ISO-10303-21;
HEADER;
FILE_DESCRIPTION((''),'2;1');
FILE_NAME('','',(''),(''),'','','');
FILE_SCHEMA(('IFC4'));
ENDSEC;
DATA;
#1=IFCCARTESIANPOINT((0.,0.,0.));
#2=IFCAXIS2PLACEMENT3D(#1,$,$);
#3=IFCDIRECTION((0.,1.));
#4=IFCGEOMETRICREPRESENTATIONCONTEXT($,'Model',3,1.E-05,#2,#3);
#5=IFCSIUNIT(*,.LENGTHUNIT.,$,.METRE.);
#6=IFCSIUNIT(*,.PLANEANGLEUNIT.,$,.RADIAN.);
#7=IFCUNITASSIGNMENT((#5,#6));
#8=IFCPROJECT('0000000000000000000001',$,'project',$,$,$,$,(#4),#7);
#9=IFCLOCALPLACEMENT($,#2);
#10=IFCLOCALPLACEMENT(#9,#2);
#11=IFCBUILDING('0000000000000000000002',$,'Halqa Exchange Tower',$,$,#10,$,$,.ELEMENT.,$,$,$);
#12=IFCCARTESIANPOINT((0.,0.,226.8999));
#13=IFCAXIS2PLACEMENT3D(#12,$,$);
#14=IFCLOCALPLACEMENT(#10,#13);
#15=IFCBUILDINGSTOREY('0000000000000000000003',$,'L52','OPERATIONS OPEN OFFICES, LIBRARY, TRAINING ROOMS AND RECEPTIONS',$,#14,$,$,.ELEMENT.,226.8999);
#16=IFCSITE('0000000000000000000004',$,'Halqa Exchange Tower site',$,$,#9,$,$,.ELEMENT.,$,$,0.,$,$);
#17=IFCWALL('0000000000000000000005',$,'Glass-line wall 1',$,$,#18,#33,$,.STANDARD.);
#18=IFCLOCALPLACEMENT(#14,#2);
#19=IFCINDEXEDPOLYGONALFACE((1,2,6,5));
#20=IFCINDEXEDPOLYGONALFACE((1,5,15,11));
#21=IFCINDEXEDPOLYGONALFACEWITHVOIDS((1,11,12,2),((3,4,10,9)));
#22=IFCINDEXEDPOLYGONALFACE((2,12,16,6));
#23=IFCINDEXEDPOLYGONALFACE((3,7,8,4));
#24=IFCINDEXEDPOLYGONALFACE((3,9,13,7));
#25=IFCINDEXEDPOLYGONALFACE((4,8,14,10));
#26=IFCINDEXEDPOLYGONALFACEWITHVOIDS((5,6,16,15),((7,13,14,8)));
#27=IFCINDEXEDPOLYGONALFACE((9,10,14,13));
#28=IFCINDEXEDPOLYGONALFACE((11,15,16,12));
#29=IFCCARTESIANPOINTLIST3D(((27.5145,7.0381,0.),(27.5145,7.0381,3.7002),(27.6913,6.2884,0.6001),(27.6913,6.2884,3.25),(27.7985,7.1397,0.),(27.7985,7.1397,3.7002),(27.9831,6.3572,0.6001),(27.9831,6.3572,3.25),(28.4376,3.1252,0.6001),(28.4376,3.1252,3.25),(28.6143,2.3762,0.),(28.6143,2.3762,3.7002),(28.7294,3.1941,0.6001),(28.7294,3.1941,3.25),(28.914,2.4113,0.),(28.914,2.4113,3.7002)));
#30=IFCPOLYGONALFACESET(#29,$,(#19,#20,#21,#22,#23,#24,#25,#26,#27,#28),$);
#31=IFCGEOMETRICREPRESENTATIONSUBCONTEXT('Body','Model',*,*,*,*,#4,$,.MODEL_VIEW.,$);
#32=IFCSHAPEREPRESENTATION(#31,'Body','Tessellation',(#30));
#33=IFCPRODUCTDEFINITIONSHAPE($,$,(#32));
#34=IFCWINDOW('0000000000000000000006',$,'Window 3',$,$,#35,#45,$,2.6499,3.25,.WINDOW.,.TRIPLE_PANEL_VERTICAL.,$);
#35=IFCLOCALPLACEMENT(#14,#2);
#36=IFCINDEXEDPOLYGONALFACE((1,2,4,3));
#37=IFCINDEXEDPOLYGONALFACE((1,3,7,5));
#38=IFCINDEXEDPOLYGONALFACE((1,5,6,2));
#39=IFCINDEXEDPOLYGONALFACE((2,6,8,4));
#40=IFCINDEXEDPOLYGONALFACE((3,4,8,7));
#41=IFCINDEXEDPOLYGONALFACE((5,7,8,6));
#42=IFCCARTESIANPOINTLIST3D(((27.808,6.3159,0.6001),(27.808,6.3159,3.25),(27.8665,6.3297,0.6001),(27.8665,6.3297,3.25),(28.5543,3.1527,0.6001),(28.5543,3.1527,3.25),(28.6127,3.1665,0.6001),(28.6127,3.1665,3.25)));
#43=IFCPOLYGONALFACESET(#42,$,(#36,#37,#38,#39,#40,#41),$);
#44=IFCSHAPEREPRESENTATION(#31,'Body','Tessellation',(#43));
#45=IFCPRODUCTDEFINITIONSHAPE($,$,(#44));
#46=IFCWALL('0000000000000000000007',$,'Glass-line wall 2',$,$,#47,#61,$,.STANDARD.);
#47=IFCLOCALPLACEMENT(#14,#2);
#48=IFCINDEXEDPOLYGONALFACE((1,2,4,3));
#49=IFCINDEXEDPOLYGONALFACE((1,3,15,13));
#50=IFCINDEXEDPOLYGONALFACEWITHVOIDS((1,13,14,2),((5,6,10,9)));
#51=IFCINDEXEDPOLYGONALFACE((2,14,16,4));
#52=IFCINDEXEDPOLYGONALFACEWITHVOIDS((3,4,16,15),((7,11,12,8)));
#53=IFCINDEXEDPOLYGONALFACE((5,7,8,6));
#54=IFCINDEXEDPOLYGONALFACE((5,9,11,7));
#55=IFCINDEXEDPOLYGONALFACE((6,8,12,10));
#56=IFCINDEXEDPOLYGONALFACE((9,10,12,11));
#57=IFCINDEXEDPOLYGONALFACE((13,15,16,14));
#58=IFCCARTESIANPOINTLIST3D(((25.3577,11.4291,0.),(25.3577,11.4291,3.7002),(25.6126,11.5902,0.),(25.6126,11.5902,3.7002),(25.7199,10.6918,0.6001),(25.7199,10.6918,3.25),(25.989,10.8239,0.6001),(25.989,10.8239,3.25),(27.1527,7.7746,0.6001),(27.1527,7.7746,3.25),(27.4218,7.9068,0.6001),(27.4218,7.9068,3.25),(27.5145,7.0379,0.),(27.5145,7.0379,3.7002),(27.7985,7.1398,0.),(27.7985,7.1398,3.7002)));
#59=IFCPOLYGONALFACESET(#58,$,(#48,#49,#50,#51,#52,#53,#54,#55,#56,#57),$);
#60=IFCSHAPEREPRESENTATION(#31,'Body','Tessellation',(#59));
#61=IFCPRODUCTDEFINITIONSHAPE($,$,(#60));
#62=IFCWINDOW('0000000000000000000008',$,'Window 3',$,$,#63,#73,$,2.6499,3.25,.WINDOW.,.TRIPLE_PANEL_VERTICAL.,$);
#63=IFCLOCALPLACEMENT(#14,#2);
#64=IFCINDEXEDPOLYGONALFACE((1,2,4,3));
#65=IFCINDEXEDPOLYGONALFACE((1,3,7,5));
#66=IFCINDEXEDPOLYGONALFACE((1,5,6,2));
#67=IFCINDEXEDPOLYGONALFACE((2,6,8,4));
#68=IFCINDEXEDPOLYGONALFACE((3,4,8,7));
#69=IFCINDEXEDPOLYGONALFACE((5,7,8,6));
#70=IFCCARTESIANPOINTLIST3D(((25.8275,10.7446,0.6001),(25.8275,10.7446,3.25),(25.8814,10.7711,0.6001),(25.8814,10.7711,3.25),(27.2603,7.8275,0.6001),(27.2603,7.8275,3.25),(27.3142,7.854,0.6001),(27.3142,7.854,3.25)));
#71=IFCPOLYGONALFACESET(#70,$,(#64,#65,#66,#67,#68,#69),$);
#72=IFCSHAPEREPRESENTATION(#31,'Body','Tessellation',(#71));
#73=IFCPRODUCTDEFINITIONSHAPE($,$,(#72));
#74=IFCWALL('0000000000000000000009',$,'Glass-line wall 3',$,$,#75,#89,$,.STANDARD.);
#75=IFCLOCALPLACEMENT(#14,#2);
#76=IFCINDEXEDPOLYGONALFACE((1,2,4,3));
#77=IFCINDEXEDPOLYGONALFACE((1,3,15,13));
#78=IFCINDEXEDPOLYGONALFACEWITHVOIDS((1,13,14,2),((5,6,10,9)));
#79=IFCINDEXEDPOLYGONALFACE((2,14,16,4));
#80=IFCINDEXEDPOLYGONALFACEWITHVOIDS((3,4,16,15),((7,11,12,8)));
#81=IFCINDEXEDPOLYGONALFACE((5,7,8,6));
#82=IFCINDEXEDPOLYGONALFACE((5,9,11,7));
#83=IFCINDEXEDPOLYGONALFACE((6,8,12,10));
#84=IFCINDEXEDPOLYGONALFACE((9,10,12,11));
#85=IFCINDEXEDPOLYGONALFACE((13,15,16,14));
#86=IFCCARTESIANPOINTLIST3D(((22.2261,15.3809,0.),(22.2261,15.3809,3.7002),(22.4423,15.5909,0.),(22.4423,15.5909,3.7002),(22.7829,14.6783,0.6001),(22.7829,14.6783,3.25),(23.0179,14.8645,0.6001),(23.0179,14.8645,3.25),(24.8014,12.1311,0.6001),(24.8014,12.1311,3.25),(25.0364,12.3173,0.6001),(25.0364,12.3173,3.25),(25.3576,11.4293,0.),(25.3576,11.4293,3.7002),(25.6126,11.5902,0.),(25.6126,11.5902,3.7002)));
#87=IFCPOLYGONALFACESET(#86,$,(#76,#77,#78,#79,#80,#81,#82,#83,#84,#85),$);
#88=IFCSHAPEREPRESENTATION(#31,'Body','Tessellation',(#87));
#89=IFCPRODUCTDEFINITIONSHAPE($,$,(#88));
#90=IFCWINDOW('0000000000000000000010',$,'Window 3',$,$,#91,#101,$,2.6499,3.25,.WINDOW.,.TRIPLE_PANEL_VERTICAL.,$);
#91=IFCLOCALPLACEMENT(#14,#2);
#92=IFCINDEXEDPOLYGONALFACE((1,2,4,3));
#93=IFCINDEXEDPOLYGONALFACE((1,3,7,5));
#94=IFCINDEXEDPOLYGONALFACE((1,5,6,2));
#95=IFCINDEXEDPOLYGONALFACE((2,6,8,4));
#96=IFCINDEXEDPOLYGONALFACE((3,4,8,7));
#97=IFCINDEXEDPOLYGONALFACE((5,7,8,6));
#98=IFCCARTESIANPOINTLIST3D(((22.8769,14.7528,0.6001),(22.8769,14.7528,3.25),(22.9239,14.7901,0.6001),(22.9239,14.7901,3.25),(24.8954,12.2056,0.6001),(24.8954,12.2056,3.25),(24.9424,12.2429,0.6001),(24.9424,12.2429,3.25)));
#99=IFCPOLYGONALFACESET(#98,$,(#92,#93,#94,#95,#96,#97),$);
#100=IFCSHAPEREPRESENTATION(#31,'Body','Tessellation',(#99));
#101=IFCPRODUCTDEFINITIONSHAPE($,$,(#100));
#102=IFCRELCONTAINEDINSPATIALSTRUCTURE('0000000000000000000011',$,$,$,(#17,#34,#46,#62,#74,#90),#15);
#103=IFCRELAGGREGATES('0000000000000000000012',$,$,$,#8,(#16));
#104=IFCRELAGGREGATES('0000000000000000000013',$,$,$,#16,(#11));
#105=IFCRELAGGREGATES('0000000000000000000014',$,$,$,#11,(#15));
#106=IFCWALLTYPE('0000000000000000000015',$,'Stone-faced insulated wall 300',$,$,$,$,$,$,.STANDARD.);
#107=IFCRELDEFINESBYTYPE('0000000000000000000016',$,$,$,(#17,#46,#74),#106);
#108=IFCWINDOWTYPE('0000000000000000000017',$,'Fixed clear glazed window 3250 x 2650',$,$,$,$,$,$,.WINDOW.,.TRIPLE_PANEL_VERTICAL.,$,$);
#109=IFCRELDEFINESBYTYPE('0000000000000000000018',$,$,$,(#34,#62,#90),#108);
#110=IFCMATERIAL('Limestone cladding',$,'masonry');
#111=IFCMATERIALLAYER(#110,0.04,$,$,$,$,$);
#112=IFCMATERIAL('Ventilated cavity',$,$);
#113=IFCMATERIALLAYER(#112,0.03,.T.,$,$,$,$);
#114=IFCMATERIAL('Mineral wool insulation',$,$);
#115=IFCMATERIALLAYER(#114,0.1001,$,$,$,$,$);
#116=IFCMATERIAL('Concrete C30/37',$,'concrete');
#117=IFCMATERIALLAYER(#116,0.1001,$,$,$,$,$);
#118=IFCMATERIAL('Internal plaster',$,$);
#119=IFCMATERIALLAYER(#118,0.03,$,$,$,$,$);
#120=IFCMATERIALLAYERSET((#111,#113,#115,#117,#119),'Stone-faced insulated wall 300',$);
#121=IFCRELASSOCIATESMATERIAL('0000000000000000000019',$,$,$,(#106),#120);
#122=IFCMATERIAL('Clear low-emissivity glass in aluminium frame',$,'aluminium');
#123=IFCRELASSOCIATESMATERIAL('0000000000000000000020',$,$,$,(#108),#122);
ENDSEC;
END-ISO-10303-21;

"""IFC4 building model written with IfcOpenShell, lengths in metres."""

from ifc_helpers import new_model, si_unit, direction, frame, frame_2d, origin, place, context, subcontext, project, spatial, polyline, rectangle, outline, extrude, material, layer, layer_set, type_object, element, fill, save


model = new_model("IFC4")

# Units and contexts
model_context = context("Model", 3, precision=1e-05, world=origin(), true_north=direction((0.0, 1.0)))
body_context = subcontext(model_context, "Body", "Model", "MODEL_VIEW")
ifc_project = project(units=[si_unit("LENGTHUNIT", "METRE"), si_unit("PLANEANGLEUNIT", "RADIAN")], contexts=[model_context])

# Site, building, storey
site_placement = place(None, origin())
site = spatial("IfcSite", under=ifc_project, at=site_placement, Name="Halqa Exchange Tower site", CompositionType="ELEMENT", RefElevation=0.0)
building_placement = place(site_placement, origin())
building = spatial("IfcBuilding", under=site, at=building_placement, Name="Halqa Exchange Tower", CompositionType="ELEMENT")
storey_placement = place(building_placement, frame((0.0, 0.0, 226.8999)))
storey = spatial("IfcBuildingStorey", under=building, at=storey_placement, Name="L52", Description="OPERATIONS OPEN OFFICES, LIBRARY, TRAINING ROOMS AND RECEPTIONS", CompositionType="ELEMENT", Elevation=226.8999)

# Walls, openings, windows
ifc_material_1 = material(Name="Limestone cladding", Category="masonry")
ifc_layer_1 = layer(ifc_material_1, 0.04)
ifc_material_2 = material(Name="Ventilated cavity")
ifc_layer_2 = layer(ifc_material_2, 0.03, ventilated=True)
ifc_material_3 = material(Name="Mineral wool insulation")
ifc_layer_3 = layer(ifc_material_3, 0.1001)
ifc_material_4 = material(Name="Concrete C30/37", Category="concrete")
ifc_layer_4 = layer(ifc_material_4, 0.1001)
ifc_material_5 = material(Name="Internal plaster")
ifc_layer_5 = layer(ifc_material_5, 0.03)
ifc_layer_set_1 = layer_set([ifc_layer_1, ifc_layer_2, ifc_layer_3, ifc_layer_4, ifc_layer_5], Name="Stone-faced insulated wall 300")
wall_type_1 = type_object("IfcWallType", Name="Stone-faced insulated wall 300", PredefinedType="STANDARD", material=ifc_layer_set_1)
wall_1_placement = place(storey_placement, frame((28.7642, 2.3938, 0.0), z_axis=(0.0, 0.0, 1.0), x_axis=(-0.229618, 0.973281, 0.0)))
wall_1 = element("IfcWall", 1, at=wall_1_placement, inside=storey, type_object=wall_type_1, Name="Glass-line wall 1", PredefinedType="STANDARD", context=body_context, shape_type="SweptSolid", body=[
    extrude(outline(polyline([(-0.0173, -0.1499), (4.8408, -0.1499), (4.8071, 0.1499), (0.0173, 0.1499), (-0.0173, -0.1499)])), origin(), (0.0, 0.0, 1.0), 3.7002),
])
opening_1_placement = place(wall_1_placement, frame((0.7869, 0.0, 0.6001)))
opening_1 = element("IfcOpeningElement", 2, at=opening_1_placement, cuts=wall_1, PredefinedType="OPENING", context=body_context, shape_type="SweptSolid", body=[
    extrude(rectangle(XDim=3.25, YDim=2.6499, at=frame_2d((1.625, 1.325))), frame((0.0, 0.1621, 0.0), z_axis=(0.0, -1.0, 0.0), x_axis=(1.0, 0.0, 0.0)), (0.0, 0.0, 1.0), 0.324),
])
ifc_material_6 = material(Name="Clear low-emissivity glass in aluminium frame", Category="aluminium")
window_type = type_object("IfcWindowType", Name="Fixed clear glazed window 3250 x 2650", PartitioningType="TRIPLE_PANEL_VERTICAL", PredefinedType="WINDOW", material=ifc_material_6)
window_1_placement = place(opening_1_placement, origin())
window_1 = element("IfcWindow", 3, at=window_1_placement, inside=storey, type_object=window_type, Name="Window 3", OverallHeight=2.6499, OverallWidth=3.25, PartitioningType="TRIPLE_PANEL_VERTICAL", PredefinedType="WINDOW", context=body_context, shape_type="SweptSolid", body=[
    extrude(rectangle(XDim=3.25, YDim=2.6499, at=frame_2d((1.625, 1.325))), frame((0.0, 0.03, 0.0), z_axis=(0.0, -1.0, 0.0), x_axis=(1.0, 0.0, 0.0)), (0.0, 0.0, 1.0), 0.0601),
])
fill(opening_1, window_1)
wall_2_placement = place(storey_placement, frame((27.6565, 7.0889, 0.0), z_axis=(0.0, 0.0, 1.0), x_axis=(-0.440858, 0.897577, 0.0)))
wall_2 = element("IfcWall", 4, at=wall_2_placement, inside=storey, type_object=wall_type_1, Name="Glass-line wall 2", PredefinedType="STANDARD", context=body_context, shape_type="SweptSolid", body=[
    extrude(outline(polyline([(-0.0168, -0.1499), (4.9414, -0.1499), (4.9092, 0.1499), (0.0168, 0.1499), (-0.0168, -0.1499)])), origin(), (0.0, 0.0, 1.0), 3.7002),
])
opening_2_placement = place(wall_2_placement, frame((0.8376, 0.0, 0.6001)))
opening_2 = element("IfcOpeningElement", 5, at=opening_2_placement, cuts=wall_2, PredefinedType="OPENING", context=body_context, shape_type="SweptSolid", body=[
    extrude(rectangle(XDim=3.25, YDim=2.6499, at=frame_2d((1.625, 1.325))), frame((0.0, 0.1621, 0.0), z_axis=(0.0, -1.0, 0.0), x_axis=(1.0, 0.0, 0.0)), (0.0, 0.0, 1.0), 0.324),
])
window_2_placement = place(opening_2_placement, origin())
window_2 = element("IfcWindow", 6, at=window_2_placement, inside=storey, type_object=window_type, Name="Window 3", OverallHeight=2.6499, OverallWidth=3.25, PartitioningType="TRIPLE_PANEL_VERTICAL", PredefinedType="WINDOW", context=body_context, shape_type="SweptSolid", body=[
    extrude(rectangle(XDim=3.25, YDim=2.6499, at=frame_2d((1.625, 1.325))), frame((0.0, 0.03, 0.0), z_axis=(0.0, -1.0, 0.0), x_axis=(1.0, 0.0, 0.0)), (0.0, 0.0, 1.0), 0.0601),
])
fill(opening_2, window_2)
wall_3_placement = place(storey_placement, frame((25.4851, 11.5098, 0.0), z_axis=(0.0, 0.0, 1.0), x_axis=(-0.621085, 0.783743, 0.0)))
wall_3 = element("IfcWall", 7, at=wall_3_placement, inside=storey, type_object=wall_type_1, Name="Glass-line wall 3", PredefinedType="STANDARD", context=body_context, shape_type="SweptSolid", body=[
    extrude(outline(polyline([(-0.0161, -0.1499), (5.0884, -0.1499), (5.0581, 0.1499), (0.0161, 0.1499), (-0.0161, -0.1499)])), origin(), (0.0, 0.0, 1.0), 3.7002),
])
opening_3_placement = place(wall_3_placement, frame((0.9116, 0.0, 0.6001)))
opening_3 = element("IfcOpeningElement", 8, at=opening_3_placement, cuts=wall_3, PredefinedType="OPENING", context=body_context, shape_type="SweptSolid", body=[
    extrude(rectangle(XDim=3.25, YDim=2.6499, at=frame_2d((1.625, 1.325))), frame((0.0, 0.1621, 0.0), z_axis=(0.0, -1.0, 0.0), x_axis=(1.0, 0.0, 0.0)), (0.0, 0.0, 1.0), 0.324),
])
window_3_placement = place(opening_3_placement, origin())
window_3 = element("IfcWindow", 9, at=window_3_placement, inside=storey, type_object=window_type, Name="Window 3", OverallHeight=2.6499, OverallWidth=3.25, PartitioningType="TRIPLE_PANEL_VERTICAL", PredefinedType="WINDOW", context=body_context, shape_type="SweptSolid", body=[
    extrude(rectangle(XDim=3.25, YDim=2.6499, at=frame_2d((1.625, 1.325))), frame((0.0, 0.03, 0.0), z_axis=(0.0, -1.0, 0.0), x_axis=(1.0, 0.0, 0.0)), (0.0, 0.0, 1.0), 0.0601),
])
fill(opening_3, window_3)

save(model, "model.ifc")
